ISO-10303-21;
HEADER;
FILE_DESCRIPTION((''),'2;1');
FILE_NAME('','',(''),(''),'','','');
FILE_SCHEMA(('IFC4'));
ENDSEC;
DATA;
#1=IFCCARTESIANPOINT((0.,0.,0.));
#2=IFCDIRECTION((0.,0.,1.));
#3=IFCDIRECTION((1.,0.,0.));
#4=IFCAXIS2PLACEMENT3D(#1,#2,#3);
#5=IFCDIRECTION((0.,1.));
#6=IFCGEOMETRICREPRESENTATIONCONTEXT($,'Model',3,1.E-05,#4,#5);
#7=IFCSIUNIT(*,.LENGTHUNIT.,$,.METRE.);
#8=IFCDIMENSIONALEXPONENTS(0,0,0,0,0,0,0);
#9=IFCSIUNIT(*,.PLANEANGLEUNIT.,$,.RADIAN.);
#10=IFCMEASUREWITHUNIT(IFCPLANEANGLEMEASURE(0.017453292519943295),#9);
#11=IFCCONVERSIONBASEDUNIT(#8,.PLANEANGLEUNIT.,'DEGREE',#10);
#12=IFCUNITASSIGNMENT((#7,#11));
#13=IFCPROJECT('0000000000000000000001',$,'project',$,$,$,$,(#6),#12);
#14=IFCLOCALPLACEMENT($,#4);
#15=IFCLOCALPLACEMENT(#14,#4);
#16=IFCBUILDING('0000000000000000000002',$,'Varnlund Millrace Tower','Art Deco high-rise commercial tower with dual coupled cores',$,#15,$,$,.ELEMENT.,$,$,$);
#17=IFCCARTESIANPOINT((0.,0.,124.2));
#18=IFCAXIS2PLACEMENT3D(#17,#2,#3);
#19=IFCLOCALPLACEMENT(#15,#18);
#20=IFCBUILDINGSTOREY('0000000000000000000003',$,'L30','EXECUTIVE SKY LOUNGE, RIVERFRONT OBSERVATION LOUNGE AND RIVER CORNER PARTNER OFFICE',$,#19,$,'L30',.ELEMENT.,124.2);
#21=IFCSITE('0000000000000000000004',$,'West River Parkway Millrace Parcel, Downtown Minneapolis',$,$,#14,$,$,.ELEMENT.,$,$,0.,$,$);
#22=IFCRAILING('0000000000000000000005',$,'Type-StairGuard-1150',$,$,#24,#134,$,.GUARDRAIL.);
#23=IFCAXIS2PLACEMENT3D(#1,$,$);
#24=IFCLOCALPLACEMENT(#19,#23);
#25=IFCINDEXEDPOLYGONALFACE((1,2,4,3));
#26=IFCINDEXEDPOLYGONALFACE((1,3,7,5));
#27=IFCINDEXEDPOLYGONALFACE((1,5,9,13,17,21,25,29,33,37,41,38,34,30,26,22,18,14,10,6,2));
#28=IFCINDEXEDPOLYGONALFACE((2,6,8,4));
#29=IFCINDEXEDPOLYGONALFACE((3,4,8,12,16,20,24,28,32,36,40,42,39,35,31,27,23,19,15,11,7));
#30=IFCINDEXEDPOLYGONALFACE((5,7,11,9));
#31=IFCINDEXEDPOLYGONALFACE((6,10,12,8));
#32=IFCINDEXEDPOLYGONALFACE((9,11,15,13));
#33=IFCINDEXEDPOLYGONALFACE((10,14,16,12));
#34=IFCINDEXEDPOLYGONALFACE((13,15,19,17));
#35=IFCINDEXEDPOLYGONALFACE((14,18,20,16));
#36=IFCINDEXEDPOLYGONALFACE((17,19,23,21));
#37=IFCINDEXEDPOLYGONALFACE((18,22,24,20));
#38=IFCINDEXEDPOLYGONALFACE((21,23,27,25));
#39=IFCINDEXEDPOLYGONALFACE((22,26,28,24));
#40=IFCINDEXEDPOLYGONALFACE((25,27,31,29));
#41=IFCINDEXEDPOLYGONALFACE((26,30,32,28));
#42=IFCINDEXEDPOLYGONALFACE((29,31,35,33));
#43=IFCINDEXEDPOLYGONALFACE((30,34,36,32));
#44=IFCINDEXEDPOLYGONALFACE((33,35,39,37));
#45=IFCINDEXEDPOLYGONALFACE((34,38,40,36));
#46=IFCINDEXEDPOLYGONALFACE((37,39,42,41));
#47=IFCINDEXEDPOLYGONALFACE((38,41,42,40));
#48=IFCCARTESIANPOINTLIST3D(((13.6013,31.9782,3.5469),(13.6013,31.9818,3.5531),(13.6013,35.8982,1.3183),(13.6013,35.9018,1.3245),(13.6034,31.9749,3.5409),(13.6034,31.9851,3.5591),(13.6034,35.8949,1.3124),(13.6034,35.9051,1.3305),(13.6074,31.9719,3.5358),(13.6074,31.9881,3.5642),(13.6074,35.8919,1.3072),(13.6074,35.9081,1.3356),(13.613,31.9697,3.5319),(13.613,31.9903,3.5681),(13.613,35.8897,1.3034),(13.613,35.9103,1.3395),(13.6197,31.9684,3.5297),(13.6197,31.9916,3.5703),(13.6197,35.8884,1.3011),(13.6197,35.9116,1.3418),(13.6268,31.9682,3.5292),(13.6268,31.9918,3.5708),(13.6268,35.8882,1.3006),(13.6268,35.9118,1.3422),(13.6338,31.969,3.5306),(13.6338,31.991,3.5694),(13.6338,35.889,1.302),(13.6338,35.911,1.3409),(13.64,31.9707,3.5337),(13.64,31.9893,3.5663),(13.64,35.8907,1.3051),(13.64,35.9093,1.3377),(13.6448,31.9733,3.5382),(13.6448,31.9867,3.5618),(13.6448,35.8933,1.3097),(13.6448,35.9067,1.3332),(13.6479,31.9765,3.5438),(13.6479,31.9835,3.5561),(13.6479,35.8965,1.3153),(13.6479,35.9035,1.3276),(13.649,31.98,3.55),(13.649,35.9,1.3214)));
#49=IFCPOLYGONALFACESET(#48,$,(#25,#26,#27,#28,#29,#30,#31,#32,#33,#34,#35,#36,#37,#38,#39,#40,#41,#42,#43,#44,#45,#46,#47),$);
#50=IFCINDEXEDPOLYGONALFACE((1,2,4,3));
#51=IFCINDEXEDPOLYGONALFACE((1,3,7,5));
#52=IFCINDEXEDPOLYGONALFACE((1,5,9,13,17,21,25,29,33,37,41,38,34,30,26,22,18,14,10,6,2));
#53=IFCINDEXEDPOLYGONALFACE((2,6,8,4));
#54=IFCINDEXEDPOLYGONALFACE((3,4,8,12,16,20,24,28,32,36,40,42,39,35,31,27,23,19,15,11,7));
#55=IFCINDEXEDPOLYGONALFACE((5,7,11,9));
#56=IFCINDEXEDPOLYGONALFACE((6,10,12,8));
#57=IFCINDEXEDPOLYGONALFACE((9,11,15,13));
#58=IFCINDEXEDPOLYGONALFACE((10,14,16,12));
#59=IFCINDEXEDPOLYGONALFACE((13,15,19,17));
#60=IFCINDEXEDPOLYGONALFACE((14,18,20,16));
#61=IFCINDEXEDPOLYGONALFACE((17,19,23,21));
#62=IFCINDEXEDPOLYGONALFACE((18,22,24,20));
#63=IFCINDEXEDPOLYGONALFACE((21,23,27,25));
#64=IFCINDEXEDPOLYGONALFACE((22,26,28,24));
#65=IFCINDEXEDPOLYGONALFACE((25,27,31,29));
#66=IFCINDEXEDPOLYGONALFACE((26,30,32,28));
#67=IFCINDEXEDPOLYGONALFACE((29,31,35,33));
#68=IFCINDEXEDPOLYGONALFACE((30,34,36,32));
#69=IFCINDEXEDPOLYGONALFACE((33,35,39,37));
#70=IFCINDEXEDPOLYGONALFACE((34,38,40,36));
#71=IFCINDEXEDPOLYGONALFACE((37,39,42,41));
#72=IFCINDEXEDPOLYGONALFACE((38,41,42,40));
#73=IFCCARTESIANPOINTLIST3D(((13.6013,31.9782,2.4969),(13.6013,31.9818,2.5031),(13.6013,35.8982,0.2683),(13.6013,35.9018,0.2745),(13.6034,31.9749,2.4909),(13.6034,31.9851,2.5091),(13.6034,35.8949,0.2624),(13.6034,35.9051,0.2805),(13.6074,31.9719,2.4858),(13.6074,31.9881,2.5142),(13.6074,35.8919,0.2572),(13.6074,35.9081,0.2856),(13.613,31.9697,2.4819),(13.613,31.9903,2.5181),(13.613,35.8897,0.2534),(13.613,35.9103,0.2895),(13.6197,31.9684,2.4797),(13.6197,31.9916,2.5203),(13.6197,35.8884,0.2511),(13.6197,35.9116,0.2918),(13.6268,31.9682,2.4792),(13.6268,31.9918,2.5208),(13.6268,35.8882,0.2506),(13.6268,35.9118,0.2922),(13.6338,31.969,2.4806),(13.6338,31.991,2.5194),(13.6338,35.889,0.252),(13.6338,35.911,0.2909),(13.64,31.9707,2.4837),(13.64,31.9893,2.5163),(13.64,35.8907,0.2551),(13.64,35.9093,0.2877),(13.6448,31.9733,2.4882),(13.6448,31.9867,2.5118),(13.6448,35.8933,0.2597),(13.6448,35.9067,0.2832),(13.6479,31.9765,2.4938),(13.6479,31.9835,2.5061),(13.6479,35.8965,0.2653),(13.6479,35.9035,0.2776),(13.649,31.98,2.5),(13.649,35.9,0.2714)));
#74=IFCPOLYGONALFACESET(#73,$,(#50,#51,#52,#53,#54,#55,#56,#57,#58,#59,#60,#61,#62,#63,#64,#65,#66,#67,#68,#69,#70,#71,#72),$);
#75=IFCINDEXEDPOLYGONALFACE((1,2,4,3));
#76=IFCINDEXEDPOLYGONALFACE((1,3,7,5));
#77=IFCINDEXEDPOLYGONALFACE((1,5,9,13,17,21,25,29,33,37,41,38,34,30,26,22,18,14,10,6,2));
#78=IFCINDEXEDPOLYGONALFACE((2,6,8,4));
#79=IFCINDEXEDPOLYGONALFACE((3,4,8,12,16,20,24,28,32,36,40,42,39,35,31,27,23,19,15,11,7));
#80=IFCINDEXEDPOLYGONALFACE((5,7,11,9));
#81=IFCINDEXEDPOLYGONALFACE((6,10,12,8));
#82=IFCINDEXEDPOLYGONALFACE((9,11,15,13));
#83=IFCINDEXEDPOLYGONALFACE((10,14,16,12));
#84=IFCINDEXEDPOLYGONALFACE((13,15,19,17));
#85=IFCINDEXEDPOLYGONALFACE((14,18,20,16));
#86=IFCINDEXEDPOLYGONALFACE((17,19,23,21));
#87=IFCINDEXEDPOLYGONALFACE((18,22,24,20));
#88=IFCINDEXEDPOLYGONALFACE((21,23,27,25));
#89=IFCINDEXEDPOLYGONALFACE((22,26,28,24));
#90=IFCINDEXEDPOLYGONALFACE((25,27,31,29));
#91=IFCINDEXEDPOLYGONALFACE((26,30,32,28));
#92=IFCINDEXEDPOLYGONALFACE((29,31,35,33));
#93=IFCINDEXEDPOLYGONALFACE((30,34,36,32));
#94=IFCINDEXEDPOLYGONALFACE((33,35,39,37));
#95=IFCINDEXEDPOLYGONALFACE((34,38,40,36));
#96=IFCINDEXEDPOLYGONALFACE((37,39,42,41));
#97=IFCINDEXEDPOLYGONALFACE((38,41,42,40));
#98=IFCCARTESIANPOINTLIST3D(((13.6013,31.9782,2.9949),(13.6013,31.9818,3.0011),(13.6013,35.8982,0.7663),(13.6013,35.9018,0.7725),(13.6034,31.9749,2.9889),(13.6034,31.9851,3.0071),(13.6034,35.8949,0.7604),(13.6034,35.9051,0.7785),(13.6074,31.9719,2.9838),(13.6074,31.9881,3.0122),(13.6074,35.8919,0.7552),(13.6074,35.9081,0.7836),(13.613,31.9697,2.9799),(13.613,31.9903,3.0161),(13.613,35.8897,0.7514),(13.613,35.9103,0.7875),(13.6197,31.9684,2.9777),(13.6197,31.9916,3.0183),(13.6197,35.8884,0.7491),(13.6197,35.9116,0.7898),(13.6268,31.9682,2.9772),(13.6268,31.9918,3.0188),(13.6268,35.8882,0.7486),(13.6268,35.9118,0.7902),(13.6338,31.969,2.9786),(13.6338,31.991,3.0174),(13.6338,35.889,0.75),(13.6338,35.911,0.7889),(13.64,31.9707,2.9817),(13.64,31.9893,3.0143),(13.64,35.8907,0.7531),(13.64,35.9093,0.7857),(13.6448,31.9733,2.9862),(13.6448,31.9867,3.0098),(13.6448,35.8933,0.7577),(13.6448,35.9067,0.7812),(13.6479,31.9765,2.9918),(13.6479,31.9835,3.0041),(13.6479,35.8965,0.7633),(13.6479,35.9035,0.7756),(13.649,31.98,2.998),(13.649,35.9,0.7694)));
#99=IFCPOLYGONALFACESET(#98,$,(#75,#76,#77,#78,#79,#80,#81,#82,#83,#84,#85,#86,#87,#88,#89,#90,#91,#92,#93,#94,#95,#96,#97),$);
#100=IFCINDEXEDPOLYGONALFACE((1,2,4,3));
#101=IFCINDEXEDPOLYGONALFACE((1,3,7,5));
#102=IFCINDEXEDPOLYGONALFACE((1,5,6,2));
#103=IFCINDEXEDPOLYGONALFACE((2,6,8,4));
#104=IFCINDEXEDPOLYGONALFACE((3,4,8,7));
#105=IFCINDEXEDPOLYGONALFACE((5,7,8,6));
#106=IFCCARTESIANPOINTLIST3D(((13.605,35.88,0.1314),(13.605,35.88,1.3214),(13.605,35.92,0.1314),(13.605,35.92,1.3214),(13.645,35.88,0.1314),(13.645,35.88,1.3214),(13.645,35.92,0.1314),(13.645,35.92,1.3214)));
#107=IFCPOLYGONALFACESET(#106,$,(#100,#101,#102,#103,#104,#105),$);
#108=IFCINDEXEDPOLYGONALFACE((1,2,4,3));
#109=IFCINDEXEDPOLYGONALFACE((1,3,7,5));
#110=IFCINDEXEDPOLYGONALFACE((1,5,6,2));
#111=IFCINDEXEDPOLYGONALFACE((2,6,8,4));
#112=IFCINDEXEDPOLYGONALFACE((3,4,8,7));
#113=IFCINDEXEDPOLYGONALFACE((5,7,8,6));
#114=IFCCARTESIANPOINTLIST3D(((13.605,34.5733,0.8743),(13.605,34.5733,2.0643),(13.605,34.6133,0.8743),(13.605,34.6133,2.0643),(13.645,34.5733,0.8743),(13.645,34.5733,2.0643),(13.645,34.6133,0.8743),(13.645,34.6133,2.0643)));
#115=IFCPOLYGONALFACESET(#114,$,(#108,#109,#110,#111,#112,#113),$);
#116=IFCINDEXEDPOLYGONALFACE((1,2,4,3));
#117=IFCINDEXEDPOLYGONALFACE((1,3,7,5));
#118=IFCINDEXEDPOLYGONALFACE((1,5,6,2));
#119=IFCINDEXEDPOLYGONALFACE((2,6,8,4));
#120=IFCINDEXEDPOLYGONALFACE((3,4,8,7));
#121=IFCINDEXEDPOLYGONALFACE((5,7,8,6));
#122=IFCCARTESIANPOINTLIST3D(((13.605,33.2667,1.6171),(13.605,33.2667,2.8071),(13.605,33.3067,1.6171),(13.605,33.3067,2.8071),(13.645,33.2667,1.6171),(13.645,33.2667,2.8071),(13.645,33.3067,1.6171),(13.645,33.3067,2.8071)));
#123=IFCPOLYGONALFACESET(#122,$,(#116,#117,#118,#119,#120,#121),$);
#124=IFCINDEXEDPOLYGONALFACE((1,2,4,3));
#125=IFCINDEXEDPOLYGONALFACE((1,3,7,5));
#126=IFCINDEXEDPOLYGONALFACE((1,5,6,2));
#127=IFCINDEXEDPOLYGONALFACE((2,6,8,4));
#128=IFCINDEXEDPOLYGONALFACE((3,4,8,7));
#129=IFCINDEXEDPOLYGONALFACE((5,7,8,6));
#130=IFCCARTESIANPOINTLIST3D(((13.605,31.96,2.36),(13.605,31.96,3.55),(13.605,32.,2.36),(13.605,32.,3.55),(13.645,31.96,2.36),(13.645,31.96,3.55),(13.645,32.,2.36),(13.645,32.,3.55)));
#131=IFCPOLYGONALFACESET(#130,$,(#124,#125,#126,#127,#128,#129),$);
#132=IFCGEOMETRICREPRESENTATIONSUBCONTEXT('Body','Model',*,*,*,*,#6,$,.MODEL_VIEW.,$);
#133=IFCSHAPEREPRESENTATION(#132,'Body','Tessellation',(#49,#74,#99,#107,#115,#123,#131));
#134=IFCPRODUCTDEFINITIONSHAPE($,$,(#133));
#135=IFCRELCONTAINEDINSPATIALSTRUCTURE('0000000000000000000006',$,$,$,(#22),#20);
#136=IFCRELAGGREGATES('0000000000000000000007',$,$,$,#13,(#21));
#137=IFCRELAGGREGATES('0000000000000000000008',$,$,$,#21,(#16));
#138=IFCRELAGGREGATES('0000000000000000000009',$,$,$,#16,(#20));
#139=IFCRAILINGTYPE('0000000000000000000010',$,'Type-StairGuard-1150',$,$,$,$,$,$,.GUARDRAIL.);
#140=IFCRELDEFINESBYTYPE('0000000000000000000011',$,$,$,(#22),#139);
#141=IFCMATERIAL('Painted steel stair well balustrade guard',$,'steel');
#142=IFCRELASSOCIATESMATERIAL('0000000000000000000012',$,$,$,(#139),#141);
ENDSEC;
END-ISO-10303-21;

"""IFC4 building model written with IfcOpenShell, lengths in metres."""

from ifc_helpers import new_model, entity, si_unit, converted_unit, direction, frame, origin_with_axes, origin_2d_with_axis, place, context, subcontext, project, spatial, rectangle, circle, extrude, material, type_object, element, save


model = new_model("IFC4")

# Units and contexts
model_context = context("Model", 3, precision=1e-05, world=origin_with_axes(), true_north=direction((0.0, 1.0)))
body_context = subcontext(model_context, "Body", "Model", "MODEL_VIEW")
ifc_project = project(units=[si_unit("LENGTHUNIT", "METRE"), converted_unit("PLANEANGLEUNIT", "DEGREE", entity("IfcPlaneAngleMeasure", 0.017453292519943295), si_unit("PLANEANGLEUNIT", "RADIAN"), dimensions=[0, 0, 0, 0, 0, 0, 0])], contexts=[model_context])

# Site, building, storey
site_placement = place(None, origin_with_axes())
site = spatial("IfcSite", under=ifc_project, at=site_placement, Name="West River Parkway Millrace Parcel, Downtown Minneapolis", CompositionType="ELEMENT", RefElevation=0.0)
building_placement = place(site_placement, origin_with_axes())
building = spatial("IfcBuilding", under=site, at=building_placement, Name="Varnlund Millrace Tower", Description="Art Deco high-rise commercial tower with dual coupled cores", CompositionType="ELEMENT")
storey_placement = place(building_placement, frame((0.0, 0.0, 124.2), z_axis=(0.0, 0.0, 1.0), x_axis=(1.0, 0.0, 0.0)))
storey = spatial("IfcBuildingStorey", under=building, at=storey_placement, Name="L30", Description="EXECUTIVE SKY LOUNGE, RIVERFRONT OBSERVATION LOUNGE AND RIVER CORNER PARTNER OFFICE", LongName="L30", CompositionType="ELEMENT", Elevation=124.2)

# Railing
ifc_material_1 = material(Name="Painted steel stair well balustrade guard", Category="steel")
railing_type_1 = type_object("IfcRailingType", Name="Type-StairGuard-1150", PredefinedType="GUARDRAIL", material=ifc_material_1)
railing_1_placement = place(storey_placement, frame((0.0, 0.0, -124.2), z_axis=(0.0, 0.0, 1.0), x_axis=(1.0, 0.0, 0.0)))
element("IfcRailing", 1, at=railing_1_placement, inside=storey, type_object=railing_type_1, Name="Type-StairGuard-1150", PredefinedType="GUARDRAIL", context=body_context, shape_type="SweptSolid", body=[
    extrude(circle(Radius=0.024, at=origin_2d_with_axis()), frame((13.625, 35.9, 125.5214), z_axis=(0.0, -0.869333, 0.494227), x_axis=(1.0, 0.0, 0.0)), (0.0, 0.0, 1.0), 4.5092),
    extrude(circle(Radius=0.024, at=origin_2d_with_axis()), frame((13.625, 35.9, 124.4714), z_axis=(0.0, -0.869333, 0.494227), x_axis=(1.0, 0.0, 0.0)), (0.0, 0.0, 1.0), 4.5092),
    extrude(circle(Radius=0.024, at=origin_2d_with_axis()), frame((13.625, 35.9, 124.9694), z_axis=(0.0, -0.869333, 0.494227), x_axis=(1.0, 0.0, 0.0)), (0.0, 0.0, 1.0), 4.5092),
    extrude(rectangle(XDim=0.04, YDim=0.04, at=origin_2d_with_axis()), frame((13.625, 35.9, 124.3314), z_axis=(0.0, 0.0, 1.0), x_axis=(1.0, 0.0, 0.0)), (0.0, 0.0, 1.0), 1.19),
    extrude(rectangle(XDim=0.04, YDim=0.04, at=origin_2d_with_axis()), frame((13.625, 34.5933, 125.0743), z_axis=(0.0, 0.0, 1.0), x_axis=(1.0, 0.0, 0.0)), (0.0, 0.0, 1.0), 1.19),
    extrude(rectangle(XDim=0.04, YDim=0.04, at=origin_2d_with_axis()), frame((13.625, 33.2867, 125.8171), z_axis=(0.0, 0.0, 1.0), x_axis=(1.0, 0.0, 0.0)), (0.0, 0.0, 1.0), 1.19),
    extrude(rectangle(XDim=0.04, YDim=0.04, at=origin_2d_with_axis()), frame((13.625, 31.98, 126.56), z_axis=(0.0, 0.0, 1.0), x_axis=(1.0, 0.0, 0.0)), (0.0, 0.0, 1.0), 1.19),
])

save(model, "model.ifc")
